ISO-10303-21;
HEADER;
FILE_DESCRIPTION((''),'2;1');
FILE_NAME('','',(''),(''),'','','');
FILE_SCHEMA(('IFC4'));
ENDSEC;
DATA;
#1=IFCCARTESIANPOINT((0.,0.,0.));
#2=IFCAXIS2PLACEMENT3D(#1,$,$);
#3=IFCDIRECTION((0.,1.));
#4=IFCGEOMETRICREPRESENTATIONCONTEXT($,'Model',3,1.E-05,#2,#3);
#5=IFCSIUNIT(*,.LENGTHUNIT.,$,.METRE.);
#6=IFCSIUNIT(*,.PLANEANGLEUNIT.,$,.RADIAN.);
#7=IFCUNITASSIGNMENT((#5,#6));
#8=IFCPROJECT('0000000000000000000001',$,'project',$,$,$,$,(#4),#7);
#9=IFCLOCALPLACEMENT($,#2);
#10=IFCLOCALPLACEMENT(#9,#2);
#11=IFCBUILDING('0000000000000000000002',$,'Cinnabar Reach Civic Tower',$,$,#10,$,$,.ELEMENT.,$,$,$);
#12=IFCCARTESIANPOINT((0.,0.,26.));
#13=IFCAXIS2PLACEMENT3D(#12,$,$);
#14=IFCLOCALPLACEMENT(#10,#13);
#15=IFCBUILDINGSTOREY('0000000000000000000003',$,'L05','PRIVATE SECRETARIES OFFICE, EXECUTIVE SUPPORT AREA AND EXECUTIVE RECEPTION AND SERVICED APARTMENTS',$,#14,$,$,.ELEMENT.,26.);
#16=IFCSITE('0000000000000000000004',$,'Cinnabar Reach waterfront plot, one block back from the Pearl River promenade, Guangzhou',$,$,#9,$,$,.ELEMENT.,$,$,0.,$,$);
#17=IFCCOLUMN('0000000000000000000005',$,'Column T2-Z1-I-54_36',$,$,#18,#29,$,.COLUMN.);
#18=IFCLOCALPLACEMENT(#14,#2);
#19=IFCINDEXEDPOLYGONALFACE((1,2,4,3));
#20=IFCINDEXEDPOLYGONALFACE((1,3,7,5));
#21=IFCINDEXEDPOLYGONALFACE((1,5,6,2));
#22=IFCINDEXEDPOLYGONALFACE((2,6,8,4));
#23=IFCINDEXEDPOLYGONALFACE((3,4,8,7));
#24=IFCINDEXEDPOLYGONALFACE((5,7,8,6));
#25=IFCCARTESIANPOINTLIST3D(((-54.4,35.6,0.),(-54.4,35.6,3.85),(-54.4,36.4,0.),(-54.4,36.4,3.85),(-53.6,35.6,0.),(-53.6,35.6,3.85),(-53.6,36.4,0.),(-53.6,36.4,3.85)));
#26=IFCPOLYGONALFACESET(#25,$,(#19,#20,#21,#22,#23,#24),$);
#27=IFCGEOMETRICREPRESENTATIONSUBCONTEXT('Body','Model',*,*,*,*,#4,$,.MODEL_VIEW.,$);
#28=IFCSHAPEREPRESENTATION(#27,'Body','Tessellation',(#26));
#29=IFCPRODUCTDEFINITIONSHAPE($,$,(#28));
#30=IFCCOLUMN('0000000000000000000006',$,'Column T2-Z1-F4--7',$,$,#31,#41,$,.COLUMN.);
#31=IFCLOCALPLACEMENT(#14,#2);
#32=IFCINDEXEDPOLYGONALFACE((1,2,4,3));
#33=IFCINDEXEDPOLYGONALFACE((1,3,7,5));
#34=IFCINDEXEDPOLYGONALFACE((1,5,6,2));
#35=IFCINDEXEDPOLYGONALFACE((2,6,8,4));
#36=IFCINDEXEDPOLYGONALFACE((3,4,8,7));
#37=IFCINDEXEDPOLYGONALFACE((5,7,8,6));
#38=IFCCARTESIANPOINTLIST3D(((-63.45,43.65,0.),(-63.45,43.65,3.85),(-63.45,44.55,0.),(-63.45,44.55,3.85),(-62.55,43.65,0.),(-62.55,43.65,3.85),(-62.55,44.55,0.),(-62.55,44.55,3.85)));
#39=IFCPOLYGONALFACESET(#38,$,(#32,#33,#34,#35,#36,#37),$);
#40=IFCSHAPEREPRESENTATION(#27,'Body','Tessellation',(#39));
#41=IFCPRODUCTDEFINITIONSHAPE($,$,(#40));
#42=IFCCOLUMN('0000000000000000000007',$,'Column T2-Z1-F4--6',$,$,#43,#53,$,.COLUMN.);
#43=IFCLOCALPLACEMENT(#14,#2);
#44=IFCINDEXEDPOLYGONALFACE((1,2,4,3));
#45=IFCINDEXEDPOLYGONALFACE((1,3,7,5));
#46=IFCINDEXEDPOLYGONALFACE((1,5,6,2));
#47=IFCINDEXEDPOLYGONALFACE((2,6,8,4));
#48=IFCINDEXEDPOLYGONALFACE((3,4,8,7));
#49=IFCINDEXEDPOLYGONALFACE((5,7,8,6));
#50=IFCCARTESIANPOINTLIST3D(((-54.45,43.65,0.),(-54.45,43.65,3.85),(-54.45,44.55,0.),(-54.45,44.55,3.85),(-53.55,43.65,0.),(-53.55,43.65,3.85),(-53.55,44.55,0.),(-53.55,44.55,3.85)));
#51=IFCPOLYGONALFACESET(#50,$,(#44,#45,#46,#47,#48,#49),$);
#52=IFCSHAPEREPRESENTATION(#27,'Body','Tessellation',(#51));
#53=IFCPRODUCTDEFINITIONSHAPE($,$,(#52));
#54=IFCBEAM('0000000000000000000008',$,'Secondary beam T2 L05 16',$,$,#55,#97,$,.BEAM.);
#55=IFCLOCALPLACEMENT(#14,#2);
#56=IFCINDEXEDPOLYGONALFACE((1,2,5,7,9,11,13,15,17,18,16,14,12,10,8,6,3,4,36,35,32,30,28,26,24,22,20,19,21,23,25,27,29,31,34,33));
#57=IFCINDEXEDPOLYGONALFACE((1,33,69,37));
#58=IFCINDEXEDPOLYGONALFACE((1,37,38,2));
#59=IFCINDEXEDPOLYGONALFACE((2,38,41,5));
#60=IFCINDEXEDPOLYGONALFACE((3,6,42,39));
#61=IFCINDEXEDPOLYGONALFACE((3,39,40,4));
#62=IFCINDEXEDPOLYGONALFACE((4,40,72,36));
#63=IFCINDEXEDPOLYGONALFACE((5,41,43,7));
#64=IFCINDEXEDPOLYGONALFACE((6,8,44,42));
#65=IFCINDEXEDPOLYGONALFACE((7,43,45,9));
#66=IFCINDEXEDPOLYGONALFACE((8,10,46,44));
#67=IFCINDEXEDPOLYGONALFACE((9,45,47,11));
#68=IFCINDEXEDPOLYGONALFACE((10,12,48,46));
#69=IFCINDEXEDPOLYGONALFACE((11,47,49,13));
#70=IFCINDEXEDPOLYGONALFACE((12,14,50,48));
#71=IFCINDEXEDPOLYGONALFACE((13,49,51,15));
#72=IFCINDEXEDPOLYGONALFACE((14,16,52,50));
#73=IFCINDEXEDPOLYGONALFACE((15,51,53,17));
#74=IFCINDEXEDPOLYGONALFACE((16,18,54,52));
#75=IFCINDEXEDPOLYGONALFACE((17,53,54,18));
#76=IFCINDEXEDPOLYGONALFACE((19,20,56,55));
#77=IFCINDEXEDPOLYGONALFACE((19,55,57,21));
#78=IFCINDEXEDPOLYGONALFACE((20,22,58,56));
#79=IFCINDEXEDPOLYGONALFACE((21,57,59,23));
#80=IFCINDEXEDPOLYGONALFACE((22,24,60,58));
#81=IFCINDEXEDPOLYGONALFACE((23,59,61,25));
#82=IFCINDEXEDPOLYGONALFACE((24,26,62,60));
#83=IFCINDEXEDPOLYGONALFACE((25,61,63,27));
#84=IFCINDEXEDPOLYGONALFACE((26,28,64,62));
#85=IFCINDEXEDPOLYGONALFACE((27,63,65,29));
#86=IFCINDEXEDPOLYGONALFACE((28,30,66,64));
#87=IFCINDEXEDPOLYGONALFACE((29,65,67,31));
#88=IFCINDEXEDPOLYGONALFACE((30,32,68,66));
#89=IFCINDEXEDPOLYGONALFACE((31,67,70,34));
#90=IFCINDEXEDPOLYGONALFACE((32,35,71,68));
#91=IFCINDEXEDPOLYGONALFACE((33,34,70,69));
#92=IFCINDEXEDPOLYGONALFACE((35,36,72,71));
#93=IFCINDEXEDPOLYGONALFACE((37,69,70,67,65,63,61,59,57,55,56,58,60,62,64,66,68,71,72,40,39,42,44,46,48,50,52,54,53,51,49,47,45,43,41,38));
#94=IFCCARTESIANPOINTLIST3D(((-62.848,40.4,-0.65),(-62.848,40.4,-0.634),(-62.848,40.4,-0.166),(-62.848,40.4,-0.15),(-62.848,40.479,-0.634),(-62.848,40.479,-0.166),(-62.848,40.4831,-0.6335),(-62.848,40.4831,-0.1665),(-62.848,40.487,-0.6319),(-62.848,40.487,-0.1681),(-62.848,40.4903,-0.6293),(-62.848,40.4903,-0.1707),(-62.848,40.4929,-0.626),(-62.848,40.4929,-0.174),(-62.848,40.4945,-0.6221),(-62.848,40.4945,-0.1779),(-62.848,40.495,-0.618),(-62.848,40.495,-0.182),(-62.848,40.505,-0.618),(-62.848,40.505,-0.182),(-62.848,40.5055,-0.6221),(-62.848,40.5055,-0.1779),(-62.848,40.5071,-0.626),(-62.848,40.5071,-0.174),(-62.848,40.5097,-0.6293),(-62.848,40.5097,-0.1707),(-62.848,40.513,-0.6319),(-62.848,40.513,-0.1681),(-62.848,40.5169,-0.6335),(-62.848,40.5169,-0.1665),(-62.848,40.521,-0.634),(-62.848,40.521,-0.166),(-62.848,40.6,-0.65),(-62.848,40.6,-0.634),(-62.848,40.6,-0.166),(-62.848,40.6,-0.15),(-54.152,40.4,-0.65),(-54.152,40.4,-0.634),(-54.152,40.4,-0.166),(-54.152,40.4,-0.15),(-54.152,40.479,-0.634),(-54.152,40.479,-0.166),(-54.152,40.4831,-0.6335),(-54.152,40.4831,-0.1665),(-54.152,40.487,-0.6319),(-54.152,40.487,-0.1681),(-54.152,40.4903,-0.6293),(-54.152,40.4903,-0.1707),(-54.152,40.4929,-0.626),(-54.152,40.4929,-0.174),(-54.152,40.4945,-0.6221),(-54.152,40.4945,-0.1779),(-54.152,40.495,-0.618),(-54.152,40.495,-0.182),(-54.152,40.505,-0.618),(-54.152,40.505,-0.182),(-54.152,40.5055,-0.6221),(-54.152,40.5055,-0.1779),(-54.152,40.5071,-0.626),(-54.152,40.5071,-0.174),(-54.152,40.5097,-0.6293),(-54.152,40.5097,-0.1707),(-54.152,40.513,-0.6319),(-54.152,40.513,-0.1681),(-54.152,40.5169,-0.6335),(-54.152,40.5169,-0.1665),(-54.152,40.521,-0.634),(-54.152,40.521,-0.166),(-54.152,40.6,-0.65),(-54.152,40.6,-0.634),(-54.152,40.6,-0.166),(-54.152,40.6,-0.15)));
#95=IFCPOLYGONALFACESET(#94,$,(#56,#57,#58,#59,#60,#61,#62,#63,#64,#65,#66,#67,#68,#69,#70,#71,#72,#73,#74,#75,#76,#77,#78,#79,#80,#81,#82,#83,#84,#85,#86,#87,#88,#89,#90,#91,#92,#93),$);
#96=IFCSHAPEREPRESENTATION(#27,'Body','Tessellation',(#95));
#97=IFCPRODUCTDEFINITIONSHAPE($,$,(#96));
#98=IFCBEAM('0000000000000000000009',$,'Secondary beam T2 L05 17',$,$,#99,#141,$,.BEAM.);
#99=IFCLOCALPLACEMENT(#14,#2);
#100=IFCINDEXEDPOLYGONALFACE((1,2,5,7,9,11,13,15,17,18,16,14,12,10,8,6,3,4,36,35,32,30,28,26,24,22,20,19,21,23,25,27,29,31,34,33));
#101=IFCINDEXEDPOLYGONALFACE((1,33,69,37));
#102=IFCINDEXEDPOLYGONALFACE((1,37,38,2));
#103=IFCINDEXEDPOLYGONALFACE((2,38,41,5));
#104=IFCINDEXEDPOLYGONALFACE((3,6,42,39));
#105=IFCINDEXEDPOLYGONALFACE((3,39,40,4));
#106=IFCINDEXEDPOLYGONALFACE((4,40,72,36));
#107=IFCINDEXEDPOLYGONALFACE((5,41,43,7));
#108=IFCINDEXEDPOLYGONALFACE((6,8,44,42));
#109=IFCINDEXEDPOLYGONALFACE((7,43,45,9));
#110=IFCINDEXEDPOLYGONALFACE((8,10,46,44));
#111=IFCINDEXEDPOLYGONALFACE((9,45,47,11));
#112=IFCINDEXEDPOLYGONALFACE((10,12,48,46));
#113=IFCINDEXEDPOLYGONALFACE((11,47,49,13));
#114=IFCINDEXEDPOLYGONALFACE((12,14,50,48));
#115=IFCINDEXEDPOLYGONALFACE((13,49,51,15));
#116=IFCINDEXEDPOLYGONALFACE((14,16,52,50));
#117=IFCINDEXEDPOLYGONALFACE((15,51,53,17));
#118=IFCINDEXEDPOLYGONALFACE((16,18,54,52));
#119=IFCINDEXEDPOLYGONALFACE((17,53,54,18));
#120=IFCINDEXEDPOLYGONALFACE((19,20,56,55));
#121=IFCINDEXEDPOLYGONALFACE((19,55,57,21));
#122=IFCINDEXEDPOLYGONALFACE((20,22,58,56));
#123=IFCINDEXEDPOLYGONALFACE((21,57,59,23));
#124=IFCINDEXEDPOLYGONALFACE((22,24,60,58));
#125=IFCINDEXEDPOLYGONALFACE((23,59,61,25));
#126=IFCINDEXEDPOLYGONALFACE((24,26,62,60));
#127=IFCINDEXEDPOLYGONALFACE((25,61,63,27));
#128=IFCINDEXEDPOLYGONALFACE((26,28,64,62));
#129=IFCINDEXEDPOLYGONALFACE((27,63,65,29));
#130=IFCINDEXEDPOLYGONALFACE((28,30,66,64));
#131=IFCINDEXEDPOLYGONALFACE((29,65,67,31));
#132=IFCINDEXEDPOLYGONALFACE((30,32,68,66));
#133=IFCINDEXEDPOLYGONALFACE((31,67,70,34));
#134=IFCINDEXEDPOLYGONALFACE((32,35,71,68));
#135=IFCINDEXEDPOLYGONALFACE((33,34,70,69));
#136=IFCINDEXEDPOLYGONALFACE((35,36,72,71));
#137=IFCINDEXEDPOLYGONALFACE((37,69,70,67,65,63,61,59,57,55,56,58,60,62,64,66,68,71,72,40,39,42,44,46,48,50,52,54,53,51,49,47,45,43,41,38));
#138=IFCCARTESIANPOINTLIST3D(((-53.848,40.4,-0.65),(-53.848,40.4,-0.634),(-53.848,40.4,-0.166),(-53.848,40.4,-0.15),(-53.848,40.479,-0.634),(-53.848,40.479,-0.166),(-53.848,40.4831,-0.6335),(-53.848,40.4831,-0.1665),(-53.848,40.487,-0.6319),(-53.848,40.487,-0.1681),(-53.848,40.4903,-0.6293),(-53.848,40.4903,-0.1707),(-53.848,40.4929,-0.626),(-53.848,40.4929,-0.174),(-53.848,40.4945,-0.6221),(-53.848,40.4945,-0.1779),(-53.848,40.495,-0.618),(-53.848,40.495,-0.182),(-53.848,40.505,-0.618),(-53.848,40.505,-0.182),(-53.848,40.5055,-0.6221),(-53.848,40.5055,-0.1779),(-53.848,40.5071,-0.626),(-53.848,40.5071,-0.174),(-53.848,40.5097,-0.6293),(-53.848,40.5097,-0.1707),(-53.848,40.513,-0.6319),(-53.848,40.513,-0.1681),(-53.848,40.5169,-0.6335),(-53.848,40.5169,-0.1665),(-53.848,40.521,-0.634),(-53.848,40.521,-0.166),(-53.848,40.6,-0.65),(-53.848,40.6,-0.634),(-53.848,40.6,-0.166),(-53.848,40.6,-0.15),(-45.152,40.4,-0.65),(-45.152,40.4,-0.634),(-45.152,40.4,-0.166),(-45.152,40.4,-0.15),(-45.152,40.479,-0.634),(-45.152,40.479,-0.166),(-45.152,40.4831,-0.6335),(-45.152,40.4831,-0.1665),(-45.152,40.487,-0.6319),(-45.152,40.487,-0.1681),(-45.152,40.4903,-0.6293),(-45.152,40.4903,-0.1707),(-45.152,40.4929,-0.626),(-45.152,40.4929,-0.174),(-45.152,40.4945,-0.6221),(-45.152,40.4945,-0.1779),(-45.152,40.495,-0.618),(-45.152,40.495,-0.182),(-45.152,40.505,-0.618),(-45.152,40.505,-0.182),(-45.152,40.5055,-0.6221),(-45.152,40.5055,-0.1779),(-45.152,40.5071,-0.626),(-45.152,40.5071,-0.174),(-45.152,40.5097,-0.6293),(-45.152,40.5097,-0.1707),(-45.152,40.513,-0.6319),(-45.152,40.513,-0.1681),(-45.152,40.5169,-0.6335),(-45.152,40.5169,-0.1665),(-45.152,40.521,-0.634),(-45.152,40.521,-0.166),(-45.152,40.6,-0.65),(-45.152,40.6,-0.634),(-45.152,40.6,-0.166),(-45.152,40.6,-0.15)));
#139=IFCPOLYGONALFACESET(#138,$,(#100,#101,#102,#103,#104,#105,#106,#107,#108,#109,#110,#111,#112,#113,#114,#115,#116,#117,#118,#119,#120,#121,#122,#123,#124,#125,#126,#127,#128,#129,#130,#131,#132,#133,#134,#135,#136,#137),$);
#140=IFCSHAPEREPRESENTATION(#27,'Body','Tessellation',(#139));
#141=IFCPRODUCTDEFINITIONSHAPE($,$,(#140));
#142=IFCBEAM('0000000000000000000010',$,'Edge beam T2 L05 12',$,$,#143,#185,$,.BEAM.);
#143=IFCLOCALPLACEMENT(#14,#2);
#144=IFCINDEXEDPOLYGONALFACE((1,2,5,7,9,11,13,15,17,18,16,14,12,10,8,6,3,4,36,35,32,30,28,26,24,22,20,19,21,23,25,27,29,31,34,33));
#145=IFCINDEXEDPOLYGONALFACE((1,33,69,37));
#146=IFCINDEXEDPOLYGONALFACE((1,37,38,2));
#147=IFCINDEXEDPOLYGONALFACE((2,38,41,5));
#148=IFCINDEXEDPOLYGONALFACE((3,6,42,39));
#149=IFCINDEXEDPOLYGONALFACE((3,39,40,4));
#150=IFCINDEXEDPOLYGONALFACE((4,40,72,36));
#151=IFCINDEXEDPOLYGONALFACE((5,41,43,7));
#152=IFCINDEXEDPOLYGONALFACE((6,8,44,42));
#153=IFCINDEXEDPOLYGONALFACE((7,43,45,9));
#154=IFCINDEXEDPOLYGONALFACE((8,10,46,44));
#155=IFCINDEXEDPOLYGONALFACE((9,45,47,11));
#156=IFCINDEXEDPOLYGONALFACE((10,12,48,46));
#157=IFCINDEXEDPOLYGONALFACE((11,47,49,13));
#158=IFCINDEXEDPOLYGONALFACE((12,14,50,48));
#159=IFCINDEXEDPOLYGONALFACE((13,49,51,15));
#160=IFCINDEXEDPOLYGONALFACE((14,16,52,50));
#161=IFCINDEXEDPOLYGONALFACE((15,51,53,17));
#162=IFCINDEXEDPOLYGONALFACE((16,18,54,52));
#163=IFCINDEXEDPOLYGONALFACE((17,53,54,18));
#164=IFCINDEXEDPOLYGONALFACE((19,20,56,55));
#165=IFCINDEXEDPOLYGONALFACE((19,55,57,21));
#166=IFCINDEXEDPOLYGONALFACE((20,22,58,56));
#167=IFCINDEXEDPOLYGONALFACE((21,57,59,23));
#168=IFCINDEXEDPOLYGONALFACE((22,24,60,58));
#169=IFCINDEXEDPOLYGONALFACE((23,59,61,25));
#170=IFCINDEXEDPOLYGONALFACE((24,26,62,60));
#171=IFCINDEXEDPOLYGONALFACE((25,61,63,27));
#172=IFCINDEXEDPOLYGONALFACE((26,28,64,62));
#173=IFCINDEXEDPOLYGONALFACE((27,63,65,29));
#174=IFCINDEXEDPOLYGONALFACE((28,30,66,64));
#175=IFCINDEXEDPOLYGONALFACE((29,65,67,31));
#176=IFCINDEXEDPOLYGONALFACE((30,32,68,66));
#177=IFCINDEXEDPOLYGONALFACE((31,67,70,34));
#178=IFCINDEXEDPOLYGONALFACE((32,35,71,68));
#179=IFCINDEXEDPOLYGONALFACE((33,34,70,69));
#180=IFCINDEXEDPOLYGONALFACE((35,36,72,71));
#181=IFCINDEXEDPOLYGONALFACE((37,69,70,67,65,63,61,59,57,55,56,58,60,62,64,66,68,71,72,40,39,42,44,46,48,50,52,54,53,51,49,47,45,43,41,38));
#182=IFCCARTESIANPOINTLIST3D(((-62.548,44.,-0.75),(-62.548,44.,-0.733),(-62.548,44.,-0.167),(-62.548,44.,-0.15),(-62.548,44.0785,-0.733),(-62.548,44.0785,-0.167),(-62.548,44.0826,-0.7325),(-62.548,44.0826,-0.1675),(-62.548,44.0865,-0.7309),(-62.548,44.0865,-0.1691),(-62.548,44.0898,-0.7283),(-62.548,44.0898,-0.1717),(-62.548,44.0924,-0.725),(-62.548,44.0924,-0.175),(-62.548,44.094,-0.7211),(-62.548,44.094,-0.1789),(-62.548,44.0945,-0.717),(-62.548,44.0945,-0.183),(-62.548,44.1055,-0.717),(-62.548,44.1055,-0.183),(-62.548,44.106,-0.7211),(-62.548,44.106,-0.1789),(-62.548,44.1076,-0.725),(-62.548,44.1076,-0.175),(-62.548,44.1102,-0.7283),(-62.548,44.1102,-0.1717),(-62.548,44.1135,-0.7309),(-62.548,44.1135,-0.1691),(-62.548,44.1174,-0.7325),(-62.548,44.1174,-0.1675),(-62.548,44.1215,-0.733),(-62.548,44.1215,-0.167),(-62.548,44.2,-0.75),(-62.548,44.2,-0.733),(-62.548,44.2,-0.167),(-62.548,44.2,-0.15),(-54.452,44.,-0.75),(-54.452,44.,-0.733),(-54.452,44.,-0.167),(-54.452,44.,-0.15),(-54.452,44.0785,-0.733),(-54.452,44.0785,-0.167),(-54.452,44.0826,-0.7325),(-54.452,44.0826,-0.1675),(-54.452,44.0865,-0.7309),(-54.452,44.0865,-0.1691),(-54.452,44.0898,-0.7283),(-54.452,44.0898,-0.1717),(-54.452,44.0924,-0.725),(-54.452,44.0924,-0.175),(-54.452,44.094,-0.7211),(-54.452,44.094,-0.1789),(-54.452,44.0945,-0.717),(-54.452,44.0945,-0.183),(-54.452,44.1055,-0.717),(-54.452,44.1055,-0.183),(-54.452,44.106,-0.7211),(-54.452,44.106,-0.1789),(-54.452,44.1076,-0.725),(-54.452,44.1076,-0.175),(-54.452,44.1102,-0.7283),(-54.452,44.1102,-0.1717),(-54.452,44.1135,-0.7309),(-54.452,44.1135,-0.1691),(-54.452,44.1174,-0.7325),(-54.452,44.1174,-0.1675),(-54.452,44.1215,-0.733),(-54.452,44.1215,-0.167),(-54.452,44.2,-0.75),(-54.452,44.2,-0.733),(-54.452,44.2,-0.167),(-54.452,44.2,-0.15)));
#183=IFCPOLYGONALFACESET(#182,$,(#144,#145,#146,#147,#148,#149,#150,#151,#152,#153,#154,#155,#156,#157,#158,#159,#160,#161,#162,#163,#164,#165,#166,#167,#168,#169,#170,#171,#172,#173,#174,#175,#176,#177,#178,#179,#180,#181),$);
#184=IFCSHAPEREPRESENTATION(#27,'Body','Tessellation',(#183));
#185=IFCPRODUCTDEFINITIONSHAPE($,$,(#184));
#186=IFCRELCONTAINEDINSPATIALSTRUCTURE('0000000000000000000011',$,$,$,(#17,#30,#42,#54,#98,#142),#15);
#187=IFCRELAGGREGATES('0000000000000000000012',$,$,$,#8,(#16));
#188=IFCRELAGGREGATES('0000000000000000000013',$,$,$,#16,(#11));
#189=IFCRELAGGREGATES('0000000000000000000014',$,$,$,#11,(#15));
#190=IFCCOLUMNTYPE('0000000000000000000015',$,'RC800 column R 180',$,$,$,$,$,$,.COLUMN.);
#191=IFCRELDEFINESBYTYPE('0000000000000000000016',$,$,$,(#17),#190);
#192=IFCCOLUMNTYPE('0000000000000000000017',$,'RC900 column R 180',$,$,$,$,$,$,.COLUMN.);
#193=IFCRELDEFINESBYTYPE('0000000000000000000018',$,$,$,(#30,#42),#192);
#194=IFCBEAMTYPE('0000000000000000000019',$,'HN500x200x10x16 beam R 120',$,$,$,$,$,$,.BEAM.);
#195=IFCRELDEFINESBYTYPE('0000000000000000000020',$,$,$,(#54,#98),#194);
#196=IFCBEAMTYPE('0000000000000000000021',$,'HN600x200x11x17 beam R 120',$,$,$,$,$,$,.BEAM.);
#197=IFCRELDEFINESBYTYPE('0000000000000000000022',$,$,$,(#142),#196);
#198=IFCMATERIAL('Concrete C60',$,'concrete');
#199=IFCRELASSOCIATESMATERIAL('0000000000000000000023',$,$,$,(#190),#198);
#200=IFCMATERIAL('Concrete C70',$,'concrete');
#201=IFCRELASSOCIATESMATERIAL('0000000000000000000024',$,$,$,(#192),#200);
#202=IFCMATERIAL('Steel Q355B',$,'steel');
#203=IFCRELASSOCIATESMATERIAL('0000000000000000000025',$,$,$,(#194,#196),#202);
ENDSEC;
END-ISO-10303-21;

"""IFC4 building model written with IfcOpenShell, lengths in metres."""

from ifc_helpers import new_model, si_unit, direction, frame, origin, origin_2d, place, context, subcontext, project, spatial, rectangle, i_section, extrude, material, material_profile, profile_set, type_object, element, save


model = new_model("IFC4")

# Units and contexts
model_context = context("Model", 3, precision=1e-05, world=origin(), true_north=direction((0.0, 1.0)))
body_context = subcontext(model_context, "Body", "Model", "MODEL_VIEW")
ifc_project = project(units=[si_unit("LENGTHUNIT", "METRE"), si_unit("PLANEANGLEUNIT", "RADIAN")], contexts=[model_context])

# Site, building, storey
site_placement = place(None, origin())
site = spatial("IfcSite", under=ifc_project, at=site_placement, Name="Cinnabar Reach waterfront plot, one block back from the Pearl River promenade, Guangzhou", CompositionType="ELEMENT", RefElevation=0.0)
building_placement = place(site_placement, origin())
building = spatial("IfcBuilding", under=site, at=building_placement, Name="Cinnabar Reach Civic Tower", CompositionType="ELEMENT")
storey_placement = place(building_placement, frame((0.0, 0.0, 26.0)))
storey = spatial("IfcBuildingStorey", under=building, at=storey_placement, Name="L05", Description="PRIVATE SECRETARIES OFFICE, EXECUTIVE SUPPORT AREA AND EXECUTIVE RECEPTION AND SERVICED APARTMENTS", CompositionType="ELEMENT", Elevation=26.0)

# Columns
ifc_material_1 = material(Name="Concrete C60", Category="concrete")
ifc_material_profile_1 = material_profile(ifc_material_1, rectangle(XDim=0.8, YDim=0.8, at=origin_2d()), Name="RC800")
ifc_profile_set_1 = profile_set([ifc_material_profile_1], Name="Concrete C60")
column_type_1 = type_object("IfcColumnType", Name="RC800 column R 180", PredefinedType="COLUMN", material=ifc_profile_set_1)
column_placement = place(storey_placement, frame((-54.0, 36.0, 0.0), z_axis=(0.0, 0.0, 1.0), x_axis=(1.0, 0.0, 0.0)))
element("IfcColumn", 1, at=column_placement, inside=storey, type_object=column_type_1, Name="Column T2-Z1-I-54_36", PredefinedType="COLUMN", context=body_context, shape_type="SweptSolid", body=[
    extrude(rectangle(XDim=0.8, YDim=0.8, at=origin_2d()), origin(), (0.0, 0.0, 1.0), 3.85),
])
ifc_material_2 = material(Name="Concrete C70", Category="concrete")
ifc_material_profile_2 = material_profile(ifc_material_2, rectangle(XDim=0.9, YDim=0.9, at=origin_2d()), Name="RC900")
ifc_profile_set_2 = profile_set([ifc_material_profile_2], Name="Concrete C70")
column_type_2 = type_object("IfcColumnType", Name="RC900 column R 180", PredefinedType="COLUMN", material=ifc_profile_set_2)
for number, where, z_axis, x_axis, name in (
    (2, (-63.0, 44.1, 0.0), (0.0, 0.0, 1.0), (1.0, 0.0, 0.0), "Column T2-Z1-F4--7"),
    (3, (-54.0, 44.1, 0.0), (0.0, 0.0, 1.0), (1.0, 0.0, 0.0), "Column T2-Z1-F4--6"),
):
    element("IfcColumn", number, at=place(storey_placement, frame(where, z_axis=z_axis, x_axis=x_axis)), inside=storey, type_object=column_type_2, Name=name, PredefinedType="COLUMN", context=body_context, shape_type="SweptSolid", body=[
        extrude(rectangle(XDim=0.9, YDim=0.9, at=origin_2d()), origin(), (0.0, 0.0, 1.0), 3.85),
    ])

# Beams
ifc_material_3 = material(Name="Steel Q355B", Category="steel")
ifc_material_profile_3 = material_profile(ifc_material_3, i_section(OverallWidth=0.2, OverallDepth=0.5, WebThickness=0.01, FlangeThickness=0.016, FilletRadius=0.016, at=origin_2d()), Name="HN500x200x10x16")
ifc_profile_set_3 = profile_set([ifc_material_profile_3], Name="Steel Q355B")
beam_type_1 = type_object("IfcBeamType", Name="HN500x200x10x16 beam R 120", PredefinedType="BEAM", material=ifc_profile_set_3)
for number, where, z_axis, x_axis, name in (
    (4, (-62.848, 40.5, -0.4), (1.0, 0.0, 0.0), (0.0, 1.0, 0.0), "Secondary beam T2 L05 16"),
    (5, (-53.848, 40.5, -0.4), (1.0, 0.0, 0.0), (0.0, 1.0, 0.0), "Secondary beam T2 L05 17"),
):
    element("IfcBeam", number, at=place(storey_placement, frame(where, z_axis=z_axis, x_axis=x_axis)), inside=storey, type_object=beam_type_1, Name=name, PredefinedType="BEAM", context=body_context, shape_type="SweptSolid", body=[
        extrude(i_section(OverallWidth=0.2, OverallDepth=0.5, WebThickness=0.01, FlangeThickness=0.016, FilletRadius=0.016, at=origin_2d()), origin(), (0.0, 0.0, 1.0), 8.696),
    ])
ifc_material_profile_4 = material_profile(ifc_material_3, i_section(OverallWidth=0.2, OverallDepth=0.6, WebThickness=0.011, FlangeThickness=0.017, FilletRadius=0.016, at=origin_2d()), Name="HN600x200x11x17")
ifc_profile_set_4 = profile_set([ifc_material_profile_4], Name="Steel Q355B")
beam_type_2 = type_object("IfcBeamType", Name="HN600x200x11x17 beam R 120", PredefinedType="BEAM", material=ifc_profile_set_4)
beam_1_placement = place(storey_placement, frame((-54.452, 44.1, -0.45), z_axis=(-1.0, 0.0, 0.0), x_axis=(0.0, -1.0, 0.0)))
element("IfcBeam", 6, at=beam_1_placement, inside=storey, type_object=beam_type_2, Name="Edge beam T2 L05 12", PredefinedType="BEAM", context=body_context, shape_type="SweptSolid", body=[
    extrude(i_section(OverallWidth=0.2, OverallDepth=0.6, WebThickness=0.011, FlangeThickness=0.017, FilletRadius=0.016, at=origin_2d()), origin(), (0.0, 0.0, 1.0), 8.096),
])

save(model, "model.ifc")
